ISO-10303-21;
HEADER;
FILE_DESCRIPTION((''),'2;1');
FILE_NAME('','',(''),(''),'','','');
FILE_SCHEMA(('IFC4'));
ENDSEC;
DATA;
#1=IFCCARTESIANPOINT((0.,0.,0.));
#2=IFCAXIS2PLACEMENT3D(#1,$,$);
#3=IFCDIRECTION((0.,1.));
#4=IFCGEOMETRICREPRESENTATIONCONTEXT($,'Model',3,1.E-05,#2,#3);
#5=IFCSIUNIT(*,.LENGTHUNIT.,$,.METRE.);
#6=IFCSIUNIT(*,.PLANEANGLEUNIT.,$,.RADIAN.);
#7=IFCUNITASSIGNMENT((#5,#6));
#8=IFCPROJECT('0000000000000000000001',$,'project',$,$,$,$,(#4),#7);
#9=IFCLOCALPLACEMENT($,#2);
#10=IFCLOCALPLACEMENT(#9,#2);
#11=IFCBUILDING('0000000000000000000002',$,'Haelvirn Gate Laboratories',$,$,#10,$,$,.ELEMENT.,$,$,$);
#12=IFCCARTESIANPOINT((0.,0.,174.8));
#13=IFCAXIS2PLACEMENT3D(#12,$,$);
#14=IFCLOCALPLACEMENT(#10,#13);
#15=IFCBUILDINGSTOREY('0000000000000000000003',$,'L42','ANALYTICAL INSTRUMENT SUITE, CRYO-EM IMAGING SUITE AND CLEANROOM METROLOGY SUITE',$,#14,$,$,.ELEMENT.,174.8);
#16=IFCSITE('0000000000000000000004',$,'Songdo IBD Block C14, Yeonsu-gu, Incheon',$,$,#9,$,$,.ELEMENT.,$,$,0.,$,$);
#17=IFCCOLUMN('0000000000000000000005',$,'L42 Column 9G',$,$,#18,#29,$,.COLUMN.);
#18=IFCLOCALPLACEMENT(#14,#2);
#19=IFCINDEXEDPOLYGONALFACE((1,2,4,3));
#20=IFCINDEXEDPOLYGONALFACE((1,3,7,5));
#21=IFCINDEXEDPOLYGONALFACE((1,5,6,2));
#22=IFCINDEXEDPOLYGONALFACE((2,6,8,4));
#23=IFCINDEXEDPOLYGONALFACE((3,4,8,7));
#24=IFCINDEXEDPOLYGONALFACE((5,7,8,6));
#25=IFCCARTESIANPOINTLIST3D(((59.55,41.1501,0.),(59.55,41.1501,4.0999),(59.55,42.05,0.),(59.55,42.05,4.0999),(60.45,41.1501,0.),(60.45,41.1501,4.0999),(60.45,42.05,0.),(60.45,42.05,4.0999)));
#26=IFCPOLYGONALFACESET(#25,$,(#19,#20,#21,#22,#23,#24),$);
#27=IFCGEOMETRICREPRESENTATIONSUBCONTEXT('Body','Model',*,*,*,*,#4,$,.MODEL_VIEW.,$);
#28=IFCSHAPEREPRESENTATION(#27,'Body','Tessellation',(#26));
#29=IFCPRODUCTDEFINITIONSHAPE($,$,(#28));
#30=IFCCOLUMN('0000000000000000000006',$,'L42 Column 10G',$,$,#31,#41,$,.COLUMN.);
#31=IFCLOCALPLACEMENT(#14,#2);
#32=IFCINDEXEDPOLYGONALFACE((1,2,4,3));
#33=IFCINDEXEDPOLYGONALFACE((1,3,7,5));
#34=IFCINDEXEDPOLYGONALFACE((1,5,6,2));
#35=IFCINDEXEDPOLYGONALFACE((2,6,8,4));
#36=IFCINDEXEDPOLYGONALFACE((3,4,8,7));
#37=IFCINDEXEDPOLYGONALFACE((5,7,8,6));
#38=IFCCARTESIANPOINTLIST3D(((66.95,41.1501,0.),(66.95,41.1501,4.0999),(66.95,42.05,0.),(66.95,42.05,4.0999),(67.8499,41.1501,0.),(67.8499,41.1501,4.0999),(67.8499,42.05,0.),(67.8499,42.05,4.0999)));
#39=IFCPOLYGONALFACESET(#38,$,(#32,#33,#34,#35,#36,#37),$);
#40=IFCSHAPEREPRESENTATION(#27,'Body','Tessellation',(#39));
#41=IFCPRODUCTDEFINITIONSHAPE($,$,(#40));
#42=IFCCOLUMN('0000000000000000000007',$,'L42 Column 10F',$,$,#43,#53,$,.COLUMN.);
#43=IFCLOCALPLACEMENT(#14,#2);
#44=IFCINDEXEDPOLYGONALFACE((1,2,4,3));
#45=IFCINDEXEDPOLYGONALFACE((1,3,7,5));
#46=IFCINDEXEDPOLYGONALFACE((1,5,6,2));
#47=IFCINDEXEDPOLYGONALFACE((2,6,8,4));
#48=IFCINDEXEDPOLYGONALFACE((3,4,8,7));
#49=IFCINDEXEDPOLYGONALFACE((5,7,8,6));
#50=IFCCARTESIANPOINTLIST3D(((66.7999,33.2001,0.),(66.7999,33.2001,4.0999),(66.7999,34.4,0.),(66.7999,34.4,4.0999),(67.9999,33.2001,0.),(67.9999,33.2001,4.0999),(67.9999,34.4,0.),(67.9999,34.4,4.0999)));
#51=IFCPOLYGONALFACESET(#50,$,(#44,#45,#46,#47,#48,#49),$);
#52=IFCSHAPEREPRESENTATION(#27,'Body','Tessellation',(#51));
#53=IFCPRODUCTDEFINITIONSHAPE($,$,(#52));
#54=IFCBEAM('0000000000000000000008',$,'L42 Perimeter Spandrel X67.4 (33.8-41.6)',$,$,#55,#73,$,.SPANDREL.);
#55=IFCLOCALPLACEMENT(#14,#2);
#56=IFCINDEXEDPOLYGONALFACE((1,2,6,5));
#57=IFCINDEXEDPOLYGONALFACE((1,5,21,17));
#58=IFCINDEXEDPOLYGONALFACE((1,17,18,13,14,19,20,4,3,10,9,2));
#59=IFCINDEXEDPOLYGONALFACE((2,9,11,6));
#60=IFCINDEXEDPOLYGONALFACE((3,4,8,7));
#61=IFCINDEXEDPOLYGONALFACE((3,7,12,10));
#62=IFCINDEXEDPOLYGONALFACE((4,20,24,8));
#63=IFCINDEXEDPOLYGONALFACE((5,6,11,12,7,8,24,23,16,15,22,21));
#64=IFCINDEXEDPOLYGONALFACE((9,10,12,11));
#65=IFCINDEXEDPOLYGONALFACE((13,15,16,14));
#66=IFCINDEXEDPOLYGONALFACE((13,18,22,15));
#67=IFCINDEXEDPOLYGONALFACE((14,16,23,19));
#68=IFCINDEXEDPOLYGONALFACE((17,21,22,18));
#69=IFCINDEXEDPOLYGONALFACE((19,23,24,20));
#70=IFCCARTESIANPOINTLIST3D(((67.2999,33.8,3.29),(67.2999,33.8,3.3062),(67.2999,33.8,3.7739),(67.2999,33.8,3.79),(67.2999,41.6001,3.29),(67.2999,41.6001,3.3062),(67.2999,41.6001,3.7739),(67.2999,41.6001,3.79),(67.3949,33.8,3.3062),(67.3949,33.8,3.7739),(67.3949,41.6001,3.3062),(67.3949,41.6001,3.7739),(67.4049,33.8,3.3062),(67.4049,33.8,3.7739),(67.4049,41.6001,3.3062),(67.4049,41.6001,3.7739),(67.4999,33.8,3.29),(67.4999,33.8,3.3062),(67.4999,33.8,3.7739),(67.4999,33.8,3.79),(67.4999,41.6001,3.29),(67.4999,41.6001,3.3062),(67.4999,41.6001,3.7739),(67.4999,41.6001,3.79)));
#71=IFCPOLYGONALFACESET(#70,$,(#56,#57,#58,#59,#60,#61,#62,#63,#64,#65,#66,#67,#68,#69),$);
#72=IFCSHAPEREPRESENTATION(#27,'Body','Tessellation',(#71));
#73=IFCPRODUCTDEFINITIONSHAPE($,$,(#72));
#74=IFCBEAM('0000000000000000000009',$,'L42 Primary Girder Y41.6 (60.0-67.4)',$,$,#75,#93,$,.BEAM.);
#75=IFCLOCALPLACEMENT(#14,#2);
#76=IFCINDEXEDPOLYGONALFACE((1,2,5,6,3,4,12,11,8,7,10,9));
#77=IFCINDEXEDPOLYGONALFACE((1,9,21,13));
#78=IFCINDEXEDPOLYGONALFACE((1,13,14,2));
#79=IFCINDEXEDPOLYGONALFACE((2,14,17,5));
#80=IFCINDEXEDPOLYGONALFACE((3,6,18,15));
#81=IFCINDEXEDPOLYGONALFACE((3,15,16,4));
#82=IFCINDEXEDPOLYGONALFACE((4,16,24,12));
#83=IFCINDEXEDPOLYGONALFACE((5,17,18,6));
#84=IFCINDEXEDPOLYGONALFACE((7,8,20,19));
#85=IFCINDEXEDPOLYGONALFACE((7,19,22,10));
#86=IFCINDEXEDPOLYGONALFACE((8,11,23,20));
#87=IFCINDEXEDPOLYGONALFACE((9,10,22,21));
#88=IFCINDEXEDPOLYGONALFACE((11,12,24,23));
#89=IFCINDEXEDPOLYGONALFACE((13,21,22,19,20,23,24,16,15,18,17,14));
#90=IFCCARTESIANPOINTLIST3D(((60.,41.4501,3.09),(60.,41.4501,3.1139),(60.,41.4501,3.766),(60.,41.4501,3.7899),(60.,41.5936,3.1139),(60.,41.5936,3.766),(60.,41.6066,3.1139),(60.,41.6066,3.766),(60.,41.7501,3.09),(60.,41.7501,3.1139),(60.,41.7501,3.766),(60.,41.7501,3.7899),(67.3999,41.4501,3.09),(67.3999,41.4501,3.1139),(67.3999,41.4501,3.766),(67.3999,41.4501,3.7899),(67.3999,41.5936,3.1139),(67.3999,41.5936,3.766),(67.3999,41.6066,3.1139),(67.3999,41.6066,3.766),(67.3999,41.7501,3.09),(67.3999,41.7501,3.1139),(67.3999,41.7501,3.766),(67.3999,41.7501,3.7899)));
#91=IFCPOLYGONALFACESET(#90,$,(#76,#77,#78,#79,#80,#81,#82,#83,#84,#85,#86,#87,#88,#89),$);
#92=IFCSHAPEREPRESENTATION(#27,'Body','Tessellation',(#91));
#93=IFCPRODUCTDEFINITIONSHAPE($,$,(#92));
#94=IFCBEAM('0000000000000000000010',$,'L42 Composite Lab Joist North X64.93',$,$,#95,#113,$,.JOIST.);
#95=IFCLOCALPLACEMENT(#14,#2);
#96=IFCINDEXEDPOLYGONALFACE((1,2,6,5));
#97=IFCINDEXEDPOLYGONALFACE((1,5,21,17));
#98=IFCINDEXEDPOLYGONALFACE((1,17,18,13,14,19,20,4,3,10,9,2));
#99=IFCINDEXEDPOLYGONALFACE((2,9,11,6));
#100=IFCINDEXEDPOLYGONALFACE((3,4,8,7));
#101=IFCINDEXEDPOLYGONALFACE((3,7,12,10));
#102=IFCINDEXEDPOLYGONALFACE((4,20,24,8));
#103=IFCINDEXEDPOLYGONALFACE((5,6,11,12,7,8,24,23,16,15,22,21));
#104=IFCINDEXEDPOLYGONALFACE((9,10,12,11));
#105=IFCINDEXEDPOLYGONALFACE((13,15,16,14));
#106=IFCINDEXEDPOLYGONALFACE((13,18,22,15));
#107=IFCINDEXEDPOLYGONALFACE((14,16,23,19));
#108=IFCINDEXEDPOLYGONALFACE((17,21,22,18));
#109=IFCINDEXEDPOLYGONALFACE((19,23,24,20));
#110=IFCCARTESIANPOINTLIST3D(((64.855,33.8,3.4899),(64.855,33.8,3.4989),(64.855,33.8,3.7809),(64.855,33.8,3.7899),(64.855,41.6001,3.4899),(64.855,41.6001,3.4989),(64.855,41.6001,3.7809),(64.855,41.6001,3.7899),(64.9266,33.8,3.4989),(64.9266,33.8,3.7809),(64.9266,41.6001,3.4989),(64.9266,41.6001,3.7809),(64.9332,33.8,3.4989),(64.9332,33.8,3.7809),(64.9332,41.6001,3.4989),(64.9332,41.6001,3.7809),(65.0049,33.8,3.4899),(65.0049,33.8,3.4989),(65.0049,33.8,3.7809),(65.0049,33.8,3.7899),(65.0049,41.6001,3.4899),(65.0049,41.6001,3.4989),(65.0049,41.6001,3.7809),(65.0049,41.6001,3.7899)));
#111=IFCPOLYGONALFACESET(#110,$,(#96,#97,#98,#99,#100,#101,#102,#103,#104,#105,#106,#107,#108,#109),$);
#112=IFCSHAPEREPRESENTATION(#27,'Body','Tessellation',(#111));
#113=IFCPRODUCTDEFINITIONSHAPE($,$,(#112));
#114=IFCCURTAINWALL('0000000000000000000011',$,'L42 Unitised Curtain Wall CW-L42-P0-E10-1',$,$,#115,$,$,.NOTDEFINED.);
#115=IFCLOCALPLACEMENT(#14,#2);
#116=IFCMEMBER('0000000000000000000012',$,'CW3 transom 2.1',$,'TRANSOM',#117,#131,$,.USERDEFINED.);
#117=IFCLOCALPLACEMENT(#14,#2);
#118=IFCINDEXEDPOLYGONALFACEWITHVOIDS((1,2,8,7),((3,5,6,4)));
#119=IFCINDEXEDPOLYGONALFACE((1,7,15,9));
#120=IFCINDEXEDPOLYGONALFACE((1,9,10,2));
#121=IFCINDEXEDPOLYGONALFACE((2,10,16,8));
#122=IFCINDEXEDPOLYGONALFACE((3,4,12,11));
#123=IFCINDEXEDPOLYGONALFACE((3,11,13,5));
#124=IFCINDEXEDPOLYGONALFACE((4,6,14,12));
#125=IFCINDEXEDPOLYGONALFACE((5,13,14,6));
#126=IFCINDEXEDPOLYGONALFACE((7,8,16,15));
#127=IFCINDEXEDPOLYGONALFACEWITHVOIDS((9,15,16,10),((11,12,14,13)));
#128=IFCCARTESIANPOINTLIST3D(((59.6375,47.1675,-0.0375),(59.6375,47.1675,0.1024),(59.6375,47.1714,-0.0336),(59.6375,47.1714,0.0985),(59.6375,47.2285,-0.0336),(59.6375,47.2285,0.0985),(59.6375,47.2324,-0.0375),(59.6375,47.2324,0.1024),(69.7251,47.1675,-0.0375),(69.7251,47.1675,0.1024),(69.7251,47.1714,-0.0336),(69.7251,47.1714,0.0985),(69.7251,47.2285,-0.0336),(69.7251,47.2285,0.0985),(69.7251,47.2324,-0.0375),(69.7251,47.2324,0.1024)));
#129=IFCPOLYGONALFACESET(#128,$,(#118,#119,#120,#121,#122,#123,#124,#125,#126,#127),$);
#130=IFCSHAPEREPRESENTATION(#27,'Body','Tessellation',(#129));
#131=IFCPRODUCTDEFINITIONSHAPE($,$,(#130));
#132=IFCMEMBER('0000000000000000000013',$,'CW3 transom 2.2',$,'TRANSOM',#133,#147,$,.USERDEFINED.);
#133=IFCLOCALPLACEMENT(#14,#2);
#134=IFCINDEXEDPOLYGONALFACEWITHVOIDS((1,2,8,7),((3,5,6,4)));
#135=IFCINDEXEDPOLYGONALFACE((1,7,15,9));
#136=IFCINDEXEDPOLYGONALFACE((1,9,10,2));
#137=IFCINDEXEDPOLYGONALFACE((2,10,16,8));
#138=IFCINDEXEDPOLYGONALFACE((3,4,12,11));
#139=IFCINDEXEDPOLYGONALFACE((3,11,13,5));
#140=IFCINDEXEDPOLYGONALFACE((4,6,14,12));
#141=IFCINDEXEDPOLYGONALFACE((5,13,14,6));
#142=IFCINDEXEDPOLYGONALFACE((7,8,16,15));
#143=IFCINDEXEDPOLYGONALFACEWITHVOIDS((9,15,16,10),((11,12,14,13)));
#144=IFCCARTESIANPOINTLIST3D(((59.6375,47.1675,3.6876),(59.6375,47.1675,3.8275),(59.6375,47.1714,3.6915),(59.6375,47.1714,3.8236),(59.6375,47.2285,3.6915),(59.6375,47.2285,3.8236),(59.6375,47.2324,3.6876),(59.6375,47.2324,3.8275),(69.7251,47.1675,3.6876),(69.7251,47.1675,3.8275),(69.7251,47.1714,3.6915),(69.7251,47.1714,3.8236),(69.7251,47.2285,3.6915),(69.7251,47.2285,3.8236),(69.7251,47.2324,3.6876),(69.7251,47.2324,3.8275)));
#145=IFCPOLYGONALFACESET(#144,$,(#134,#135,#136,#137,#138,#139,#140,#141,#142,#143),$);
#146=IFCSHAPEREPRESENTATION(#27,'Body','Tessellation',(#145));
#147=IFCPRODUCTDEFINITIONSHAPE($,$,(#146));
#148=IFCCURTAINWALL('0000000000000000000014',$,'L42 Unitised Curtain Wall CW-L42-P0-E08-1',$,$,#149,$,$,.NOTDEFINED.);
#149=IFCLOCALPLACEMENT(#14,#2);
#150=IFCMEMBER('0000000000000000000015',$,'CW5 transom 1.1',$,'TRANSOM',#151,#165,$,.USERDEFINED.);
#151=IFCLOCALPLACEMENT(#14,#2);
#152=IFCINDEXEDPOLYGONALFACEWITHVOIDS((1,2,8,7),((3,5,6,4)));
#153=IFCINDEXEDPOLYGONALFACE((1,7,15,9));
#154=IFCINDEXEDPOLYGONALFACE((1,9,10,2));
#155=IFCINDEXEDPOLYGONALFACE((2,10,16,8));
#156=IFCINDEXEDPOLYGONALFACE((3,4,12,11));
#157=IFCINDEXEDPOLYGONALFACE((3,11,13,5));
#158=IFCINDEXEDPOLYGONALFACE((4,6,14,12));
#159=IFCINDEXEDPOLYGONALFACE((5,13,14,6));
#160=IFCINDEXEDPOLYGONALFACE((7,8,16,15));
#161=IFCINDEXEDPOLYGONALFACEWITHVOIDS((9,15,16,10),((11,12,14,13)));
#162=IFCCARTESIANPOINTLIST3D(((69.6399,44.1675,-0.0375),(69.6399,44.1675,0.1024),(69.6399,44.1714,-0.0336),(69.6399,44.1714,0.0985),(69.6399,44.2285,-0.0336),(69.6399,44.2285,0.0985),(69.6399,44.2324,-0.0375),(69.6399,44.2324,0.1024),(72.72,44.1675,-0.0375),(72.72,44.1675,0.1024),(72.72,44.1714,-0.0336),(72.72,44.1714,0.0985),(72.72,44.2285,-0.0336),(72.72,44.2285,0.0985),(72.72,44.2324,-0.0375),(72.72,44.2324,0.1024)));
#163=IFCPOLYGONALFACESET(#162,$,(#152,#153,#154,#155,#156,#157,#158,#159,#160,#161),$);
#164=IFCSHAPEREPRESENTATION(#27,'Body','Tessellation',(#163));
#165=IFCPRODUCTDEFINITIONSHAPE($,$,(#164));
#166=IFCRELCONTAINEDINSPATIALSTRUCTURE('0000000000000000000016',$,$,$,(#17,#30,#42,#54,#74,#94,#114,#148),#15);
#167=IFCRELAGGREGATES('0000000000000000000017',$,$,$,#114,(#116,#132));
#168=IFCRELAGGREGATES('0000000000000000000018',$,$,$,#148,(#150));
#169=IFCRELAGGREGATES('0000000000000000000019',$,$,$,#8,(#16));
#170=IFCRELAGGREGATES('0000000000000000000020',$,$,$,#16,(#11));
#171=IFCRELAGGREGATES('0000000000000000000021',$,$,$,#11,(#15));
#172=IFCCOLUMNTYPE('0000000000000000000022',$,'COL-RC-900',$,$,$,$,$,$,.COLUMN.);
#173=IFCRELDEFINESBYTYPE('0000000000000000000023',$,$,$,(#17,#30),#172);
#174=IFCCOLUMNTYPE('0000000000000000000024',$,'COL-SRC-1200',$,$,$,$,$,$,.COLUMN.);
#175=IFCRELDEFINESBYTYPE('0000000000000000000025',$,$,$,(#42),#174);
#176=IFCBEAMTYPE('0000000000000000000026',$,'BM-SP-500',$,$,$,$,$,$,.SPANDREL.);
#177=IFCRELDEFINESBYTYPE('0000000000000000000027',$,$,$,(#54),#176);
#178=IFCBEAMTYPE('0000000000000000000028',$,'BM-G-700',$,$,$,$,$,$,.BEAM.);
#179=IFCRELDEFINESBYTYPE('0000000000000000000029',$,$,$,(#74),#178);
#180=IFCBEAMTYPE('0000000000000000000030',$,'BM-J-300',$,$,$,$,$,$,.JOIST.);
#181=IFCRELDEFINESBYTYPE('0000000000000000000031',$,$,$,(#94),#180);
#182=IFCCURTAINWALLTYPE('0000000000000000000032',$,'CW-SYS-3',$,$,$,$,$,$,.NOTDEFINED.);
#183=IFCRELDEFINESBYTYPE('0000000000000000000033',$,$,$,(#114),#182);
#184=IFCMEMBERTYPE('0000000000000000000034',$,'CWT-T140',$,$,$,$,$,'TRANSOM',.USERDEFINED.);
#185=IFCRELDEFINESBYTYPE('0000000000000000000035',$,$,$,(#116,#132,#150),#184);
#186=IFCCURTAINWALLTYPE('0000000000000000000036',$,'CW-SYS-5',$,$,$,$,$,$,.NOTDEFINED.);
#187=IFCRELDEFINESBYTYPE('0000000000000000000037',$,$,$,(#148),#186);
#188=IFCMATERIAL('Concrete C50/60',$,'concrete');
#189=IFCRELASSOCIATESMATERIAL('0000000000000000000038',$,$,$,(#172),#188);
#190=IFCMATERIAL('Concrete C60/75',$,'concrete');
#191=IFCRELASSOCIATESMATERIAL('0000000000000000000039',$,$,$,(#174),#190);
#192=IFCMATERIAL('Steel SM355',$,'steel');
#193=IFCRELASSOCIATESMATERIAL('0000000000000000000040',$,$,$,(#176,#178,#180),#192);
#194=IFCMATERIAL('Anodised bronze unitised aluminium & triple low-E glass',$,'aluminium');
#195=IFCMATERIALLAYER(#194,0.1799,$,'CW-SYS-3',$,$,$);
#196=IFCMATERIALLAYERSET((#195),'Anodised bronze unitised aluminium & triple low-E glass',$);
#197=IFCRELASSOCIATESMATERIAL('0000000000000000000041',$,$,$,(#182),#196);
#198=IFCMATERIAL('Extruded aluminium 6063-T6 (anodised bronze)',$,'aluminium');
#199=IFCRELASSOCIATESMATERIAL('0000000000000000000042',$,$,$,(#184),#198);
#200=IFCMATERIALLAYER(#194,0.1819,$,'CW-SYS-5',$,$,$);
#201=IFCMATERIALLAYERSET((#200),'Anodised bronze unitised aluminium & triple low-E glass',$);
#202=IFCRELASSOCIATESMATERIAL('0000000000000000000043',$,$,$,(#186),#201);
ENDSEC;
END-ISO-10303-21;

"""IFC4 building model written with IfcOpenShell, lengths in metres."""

from ifc_helpers import new_model, si_unit, direction, frame, origin, origin_2d, place, context, subcontext, project, spatial, rectangle, hollow_rectangle, i_section, extrude, source, transform, mapped, material, layer, layer_set, material_profile, profile_set, type_object, type_shapes, element, aggregate, save


model = new_model("IFC4")

# Units and contexts
model_context = context("Model", 3, precision=1e-05, world=origin(), true_north=direction((0.0, 1.0)))
body_context = subcontext(model_context, "Body", "Model", "MODEL_VIEW")
ifc_project = project(units=[si_unit("LENGTHUNIT", "METRE"), si_unit("PLANEANGLEUNIT", "RADIAN")], contexts=[model_context])

# Site, building, storey
site_placement = place(None, origin())
site = spatial("IfcSite", under=ifc_project, at=site_placement, Name="Songdo IBD Block C14, Yeonsu-gu, Incheon", CompositionType="ELEMENT", RefElevation=0.0)
building_placement = place(site_placement, origin())
building = spatial("IfcBuilding", under=site, at=building_placement, Name="Haelvirn Gate Laboratories", CompositionType="ELEMENT")
storey_placement = place(building_placement, frame((0.0, 0.0, 174.8)))
storey = spatial("IfcBuildingStorey", under=building, at=storey_placement, Name="L42", Description="ANALYTICAL INSTRUMENT SUITE, CRYO-EM IMAGING SUITE AND CLEANROOM METROLOGY SUITE", CompositionType="ELEMENT", Elevation=174.8)

# Columns
ifc_material_1 = material(Name="Concrete C50/60", Category="concrete")
ifc_material_profile_1 = material_profile(ifc_material_1, rectangle(XDim=0.8999, YDim=0.8999, at=origin_2d()), Name="RC-900x900")
ifc_profile_set_1 = profile_set([ifc_material_profile_1], Name="Concrete C50/60")
column_type_1 = type_object("IfcColumnType", Name="COL-RC-900", PredefinedType="COLUMN", material=ifc_profile_set_1)
shared_shape_1 = source(origin(), body_context, "Body", "SweptSolid", [
    extrude(rectangle(XDim=0.8999, YDim=0.8999, at=origin_2d()), origin(), (0.0, 0.0, 1.0), 4.0999),
])
type_shapes(column_type_1, [shared_shape_1])
for number, where, z_axis, x_axis, name in (
    (1, (60.0, 41.6001, 0.0), (0.0, 0.0, 1.0), (1.0, 0.0, 0.0), "L42 Column 9G"),
    (2, (67.3999, 41.6001, 0.0), (0.0, 0.0, 1.0), (1.0, 0.0, 0.0), "L42 Column 10G"),
):
    element("IfcColumn", number, at=place(storey_placement, frame(where, z_axis=z_axis, x_axis=x_axis)), inside=storey, type_object=column_type_1, Name=name, PredefinedType="COLUMN", context=body_context, shape_type="MappedRepresentation", body=[
        mapped(shared_shape_1, transform((0.0, 0.0, 0.0), scale=1.0)),
    ])
ifc_material_2 = material(Name="Concrete C60/75", Category="concrete")
ifc_material_profile_2 = material_profile(ifc_material_2, rectangle(XDim=1.2, YDim=1.2, at=origin_2d()), Name="SRC-1200x1200")
ifc_profile_set_2 = profile_set([ifc_material_profile_2], Name="Concrete C60/75")
column_type_2 = type_object("IfcColumnType", Name="COL-SRC-1200", PredefinedType="COLUMN", material=ifc_profile_set_2)
shared_shape_2 = source(origin(), body_context, "Body", "SweptSolid", [
    extrude(rectangle(XDim=1.2, YDim=1.2, at=origin_2d()), origin(), (0.0, 0.0, 1.0), 4.0999),
])
type_shapes(column_type_2, [shared_shape_2])
column_placement = place(storey_placement, frame((67.3999, 33.8, 0.0), z_axis=(0.0, 0.0, 1.0), x_axis=(1.0, 0.0, 0.0)))
element("IfcColumn", 3, at=column_placement, inside=storey, type_object=column_type_2, Name="L42 Column 10F", PredefinedType="COLUMN", context=body_context, shape_type="MappedRepresentation", body=[
    mapped(shared_shape_2, transform((0.0, 0.0, 0.0), scale=1.0)),
])

# Beams
ifc_material_3 = material(Name="Steel SM355", Category="steel")
ifc_material_profile_3 = material_profile(ifc_material_3, i_section(OverallWidth=0.2, OverallDepth=0.5, WebThickness=0.01, FlangeThickness=0.0161, at=origin_2d()), Name="H-500x200x10x16")
ifc_profile_set_3 = profile_set([ifc_material_profile_3], Name="Steel SM355")
beam_type_1 = type_object("IfcBeamType", Name="BM-SP-500", PredefinedType="SPANDREL", material=ifc_profile_set_3)
shared_shape_3 = source(origin(), body_context, "Body", "SweptSolid", [
    extrude(i_section(OverallWidth=0.2, OverallDepth=0.5, WebThickness=0.01, FlangeThickness=0.0161, at=origin_2d()), origin(), (0.0, 0.0, 1.0), 7.8),
])
type_shapes(beam_type_1, [shared_shape_3])
beam_1_placement = place(storey_placement, frame((67.3999, 33.8, 3.54), z_axis=(0.0, 1.0, 0.0), x_axis=(-1.0, 0.0, 0.0)))
element("IfcBeam", 4, at=beam_1_placement, inside=storey, type_object=beam_type_1, Name="L42 Perimeter Spandrel X67.4 (33.8-41.6)", PredefinedType="SPANDREL", context=body_context, shape_type="MappedRepresentation", body=[
    mapped(shared_shape_3, transform((0.0, 0.0, 0.0), scale=1.0)),
])
ifc_material_profile_4 = material_profile(ifc_material_3, i_section(OverallWidth=0.3, OverallDepth=0.7, WebThickness=0.0129, FlangeThickness=0.0239, at=origin_2d()), Name="H-700x300x13x24")
ifc_profile_set_4 = profile_set([ifc_material_profile_4], Name="Steel SM355")
beam_type_2 = type_object("IfcBeamType", Name="BM-G-700", PredefinedType="BEAM", material=ifc_profile_set_4)
shared_shape_4 = source(origin(), body_context, "Body", "SweptSolid", [
    extrude(i_section(OverallWidth=0.3, OverallDepth=0.7, WebThickness=0.0129, FlangeThickness=0.0239, at=origin_2d()), origin(), (0.0, 0.0, 1.0), 7.3999),
])
type_shapes(beam_type_2, [shared_shape_4])
beam_2_placement = place(storey_placement, frame((60.0, 41.6001, 3.4399), z_axis=(1.0, 0.0, 0.0), x_axis=(0.0, 1.0, 0.0)))
element("IfcBeam", 5, at=beam_2_placement, inside=storey, type_object=beam_type_2, Name="L42 Primary Girder Y41.6 (60.0-67.4)", PredefinedType="BEAM", context=body_context, shape_type="MappedRepresentation", body=[
    mapped(shared_shape_4, transform((0.0, 0.0, 0.0), scale=1.0)),
])
ifc_material_profile_5 = material_profile(ifc_material_3, i_section(OverallWidth=0.1499, OverallDepth=0.3, WebThickness=0.0066, FlangeThickness=0.009, at=origin_2d()), Name="H-300x150x6.5x9")
ifc_profile_set_5 = profile_set([ifc_material_profile_5], Name="Steel SM355")
beam_type_3 = type_object("IfcBeamType", Name="BM-J-300", PredefinedType="JOIST", material=ifc_profile_set_5)
shared_shape_5 = source(origin(), body_context, "Body", "SweptSolid", [
    extrude(i_section(OverallWidth=0.1499, OverallDepth=0.3, WebThickness=0.0066, FlangeThickness=0.009, at=origin_2d()), origin(), (0.0, 0.0, 1.0), 7.8),
])
type_shapes(beam_type_3, [shared_shape_5])
beam_3_placement = place(storey_placement, frame((64.9299, 33.8, 3.6399), z_axis=(0.0, 1.0, 0.0), x_axis=(-1.0, 0.0, 0.0)))
element("IfcBeam", 6, at=beam_3_placement, inside=storey, type_object=beam_type_3, Name="L42 Composite Lab Joist North X64.93", PredefinedType="JOIST", context=body_context, shape_type="MappedRepresentation", body=[
    mapped(shared_shape_5, transform((0.0, 0.0, 0.0), scale=1.0)),
])

# Curtain walls, members
ifc_material_4 = material(Name="Anodised bronze unitised aluminium & triple low-E glass", Category="aluminium")
ifc_layer_1 = layer(ifc_material_4, 0.1799, Name="CW-SYS-3")
ifc_layer_set_1 = layer_set([ifc_layer_1], Name="Anodised bronze unitised aluminium & triple low-E glass")
curtain_wall_type_1 = type_object("IfcCurtainWallType", Name="CW-SYS-3", PredefinedType="NOTDEFINED", material=ifc_layer_set_1)
curtain_wall_1_placement = place(storey_placement, origin())
curtain_wall_1 = element("IfcCurtainWall", 7, at=curtain_wall_1_placement, inside=storey, type_object=curtain_wall_type_1, Name="L42 Unitised Curtain Wall CW-L42-P0-E10-1", PredefinedType="NOTDEFINED")
ifc_material_5 = material(Name="Extruded aluminium 6063-T6 (anodised bronze)", Category="aluminium")
ifc_material_profile_6 = material_profile(ifc_material_5, hollow_rectangle(XDim=0.0649, YDim=0.1399, WallThickness=0.0039, at=origin_2d()), Name="CWT-140x65x4")
ifc_profile_set_6 = profile_set([ifc_material_profile_6], Name="Extruded aluminium 6063-T6 (anodised bronze)")
member_type_1 = type_object("IfcMemberType", Name="CWT-T140", ElementType="TRANSOM", PredefinedType="USERDEFINED", material=ifc_profile_set_6)
shared_shape_6 = source(origin(), body_context, "Body", "SweptSolid", [
    extrude(hollow_rectangle(XDim=0.0649, YDim=0.1399, WallThickness=0.0039, at=origin_2d()), origin(), (0.0, 0.0, 1.0), 10.0876),
])
member_1_placement = place(storey_placement, frame((59.6375, 47.2, 0.0325), z_axis=(1.0, 0.0, 0.0), x_axis=(0.0, 1.0, 0.0)))
member_1 = element("IfcMember", 8, at=member_1_placement, type_object=member_type_1, Name="CW3 transom 2.1", ObjectType="TRANSOM", PredefinedType="USERDEFINED", context=body_context, shape_type="MappedRepresentation", body=[
    mapped(shared_shape_6, transform((0.0, 0.0, 0.0), scale=1.0)),
])
member_2_placement = place(storey_placement, frame((59.6375, 47.2, 3.7576), z_axis=(1.0, 0.0, 0.0), x_axis=(0.0, 1.0, 0.0)))
member_2 = element("IfcMember", 9, at=member_2_placement, type_object=member_type_1, Name="CW3 transom 2.2", ObjectType="TRANSOM", PredefinedType="USERDEFINED", context=body_context, shape_type="MappedRepresentation", body=[
    mapped(shared_shape_6, transform((0.0, 0.0, 0.0), scale=1.0)),
])
ifc_layer_2 = layer(ifc_material_4, 0.1819, Name="CW-SYS-5")
ifc_layer_set_2 = layer_set([ifc_layer_2], Name="Anodised bronze unitised aluminium & triple low-E glass")
curtain_wall_type_2 = type_object("IfcCurtainWallType", Name="CW-SYS-5", PredefinedType="NOTDEFINED", material=ifc_layer_set_2)
curtain_wall_2_placement = place(storey_placement, origin())
curtain_wall_2 = element("IfcCurtainWall", 10, at=curtain_wall_2_placement, inside=storey, type_object=curtain_wall_type_2, Name="L42 Unitised Curtain Wall CW-L42-P0-E08-1", PredefinedType="NOTDEFINED")
shared_shape_7 = source(origin(), body_context, "Body", "SweptSolid", [
    extrude(hollow_rectangle(XDim=0.0649, YDim=0.1399, WallThickness=0.0039, at=origin_2d()), origin(), (0.0, 0.0, 1.0), 3.0801),
])
type_shapes(member_type_1, [shared_shape_6, shared_shape_7])
member_3_placement = place(storey_placement, frame((69.6399, 44.2, 0.0325), z_axis=(1.0, 0.0, 0.0), x_axis=(0.0, 1.0, 0.0)))
member_3 = element("IfcMember", 11, at=member_3_placement, type_object=member_type_1, Name="CW5 transom 1.1", ObjectType="TRANSOM", PredefinedType="USERDEFINED", context=body_context, shape_type="MappedRepresentation", body=[
    mapped(shared_shape_7, transform((0.0, 0.0, 0.0), scale=1.0)),
])

aggregate(curtain_wall_1, [member_1, member_2])
aggregate(curtain_wall_2, [member_3])

save(model, "model.ifc")
